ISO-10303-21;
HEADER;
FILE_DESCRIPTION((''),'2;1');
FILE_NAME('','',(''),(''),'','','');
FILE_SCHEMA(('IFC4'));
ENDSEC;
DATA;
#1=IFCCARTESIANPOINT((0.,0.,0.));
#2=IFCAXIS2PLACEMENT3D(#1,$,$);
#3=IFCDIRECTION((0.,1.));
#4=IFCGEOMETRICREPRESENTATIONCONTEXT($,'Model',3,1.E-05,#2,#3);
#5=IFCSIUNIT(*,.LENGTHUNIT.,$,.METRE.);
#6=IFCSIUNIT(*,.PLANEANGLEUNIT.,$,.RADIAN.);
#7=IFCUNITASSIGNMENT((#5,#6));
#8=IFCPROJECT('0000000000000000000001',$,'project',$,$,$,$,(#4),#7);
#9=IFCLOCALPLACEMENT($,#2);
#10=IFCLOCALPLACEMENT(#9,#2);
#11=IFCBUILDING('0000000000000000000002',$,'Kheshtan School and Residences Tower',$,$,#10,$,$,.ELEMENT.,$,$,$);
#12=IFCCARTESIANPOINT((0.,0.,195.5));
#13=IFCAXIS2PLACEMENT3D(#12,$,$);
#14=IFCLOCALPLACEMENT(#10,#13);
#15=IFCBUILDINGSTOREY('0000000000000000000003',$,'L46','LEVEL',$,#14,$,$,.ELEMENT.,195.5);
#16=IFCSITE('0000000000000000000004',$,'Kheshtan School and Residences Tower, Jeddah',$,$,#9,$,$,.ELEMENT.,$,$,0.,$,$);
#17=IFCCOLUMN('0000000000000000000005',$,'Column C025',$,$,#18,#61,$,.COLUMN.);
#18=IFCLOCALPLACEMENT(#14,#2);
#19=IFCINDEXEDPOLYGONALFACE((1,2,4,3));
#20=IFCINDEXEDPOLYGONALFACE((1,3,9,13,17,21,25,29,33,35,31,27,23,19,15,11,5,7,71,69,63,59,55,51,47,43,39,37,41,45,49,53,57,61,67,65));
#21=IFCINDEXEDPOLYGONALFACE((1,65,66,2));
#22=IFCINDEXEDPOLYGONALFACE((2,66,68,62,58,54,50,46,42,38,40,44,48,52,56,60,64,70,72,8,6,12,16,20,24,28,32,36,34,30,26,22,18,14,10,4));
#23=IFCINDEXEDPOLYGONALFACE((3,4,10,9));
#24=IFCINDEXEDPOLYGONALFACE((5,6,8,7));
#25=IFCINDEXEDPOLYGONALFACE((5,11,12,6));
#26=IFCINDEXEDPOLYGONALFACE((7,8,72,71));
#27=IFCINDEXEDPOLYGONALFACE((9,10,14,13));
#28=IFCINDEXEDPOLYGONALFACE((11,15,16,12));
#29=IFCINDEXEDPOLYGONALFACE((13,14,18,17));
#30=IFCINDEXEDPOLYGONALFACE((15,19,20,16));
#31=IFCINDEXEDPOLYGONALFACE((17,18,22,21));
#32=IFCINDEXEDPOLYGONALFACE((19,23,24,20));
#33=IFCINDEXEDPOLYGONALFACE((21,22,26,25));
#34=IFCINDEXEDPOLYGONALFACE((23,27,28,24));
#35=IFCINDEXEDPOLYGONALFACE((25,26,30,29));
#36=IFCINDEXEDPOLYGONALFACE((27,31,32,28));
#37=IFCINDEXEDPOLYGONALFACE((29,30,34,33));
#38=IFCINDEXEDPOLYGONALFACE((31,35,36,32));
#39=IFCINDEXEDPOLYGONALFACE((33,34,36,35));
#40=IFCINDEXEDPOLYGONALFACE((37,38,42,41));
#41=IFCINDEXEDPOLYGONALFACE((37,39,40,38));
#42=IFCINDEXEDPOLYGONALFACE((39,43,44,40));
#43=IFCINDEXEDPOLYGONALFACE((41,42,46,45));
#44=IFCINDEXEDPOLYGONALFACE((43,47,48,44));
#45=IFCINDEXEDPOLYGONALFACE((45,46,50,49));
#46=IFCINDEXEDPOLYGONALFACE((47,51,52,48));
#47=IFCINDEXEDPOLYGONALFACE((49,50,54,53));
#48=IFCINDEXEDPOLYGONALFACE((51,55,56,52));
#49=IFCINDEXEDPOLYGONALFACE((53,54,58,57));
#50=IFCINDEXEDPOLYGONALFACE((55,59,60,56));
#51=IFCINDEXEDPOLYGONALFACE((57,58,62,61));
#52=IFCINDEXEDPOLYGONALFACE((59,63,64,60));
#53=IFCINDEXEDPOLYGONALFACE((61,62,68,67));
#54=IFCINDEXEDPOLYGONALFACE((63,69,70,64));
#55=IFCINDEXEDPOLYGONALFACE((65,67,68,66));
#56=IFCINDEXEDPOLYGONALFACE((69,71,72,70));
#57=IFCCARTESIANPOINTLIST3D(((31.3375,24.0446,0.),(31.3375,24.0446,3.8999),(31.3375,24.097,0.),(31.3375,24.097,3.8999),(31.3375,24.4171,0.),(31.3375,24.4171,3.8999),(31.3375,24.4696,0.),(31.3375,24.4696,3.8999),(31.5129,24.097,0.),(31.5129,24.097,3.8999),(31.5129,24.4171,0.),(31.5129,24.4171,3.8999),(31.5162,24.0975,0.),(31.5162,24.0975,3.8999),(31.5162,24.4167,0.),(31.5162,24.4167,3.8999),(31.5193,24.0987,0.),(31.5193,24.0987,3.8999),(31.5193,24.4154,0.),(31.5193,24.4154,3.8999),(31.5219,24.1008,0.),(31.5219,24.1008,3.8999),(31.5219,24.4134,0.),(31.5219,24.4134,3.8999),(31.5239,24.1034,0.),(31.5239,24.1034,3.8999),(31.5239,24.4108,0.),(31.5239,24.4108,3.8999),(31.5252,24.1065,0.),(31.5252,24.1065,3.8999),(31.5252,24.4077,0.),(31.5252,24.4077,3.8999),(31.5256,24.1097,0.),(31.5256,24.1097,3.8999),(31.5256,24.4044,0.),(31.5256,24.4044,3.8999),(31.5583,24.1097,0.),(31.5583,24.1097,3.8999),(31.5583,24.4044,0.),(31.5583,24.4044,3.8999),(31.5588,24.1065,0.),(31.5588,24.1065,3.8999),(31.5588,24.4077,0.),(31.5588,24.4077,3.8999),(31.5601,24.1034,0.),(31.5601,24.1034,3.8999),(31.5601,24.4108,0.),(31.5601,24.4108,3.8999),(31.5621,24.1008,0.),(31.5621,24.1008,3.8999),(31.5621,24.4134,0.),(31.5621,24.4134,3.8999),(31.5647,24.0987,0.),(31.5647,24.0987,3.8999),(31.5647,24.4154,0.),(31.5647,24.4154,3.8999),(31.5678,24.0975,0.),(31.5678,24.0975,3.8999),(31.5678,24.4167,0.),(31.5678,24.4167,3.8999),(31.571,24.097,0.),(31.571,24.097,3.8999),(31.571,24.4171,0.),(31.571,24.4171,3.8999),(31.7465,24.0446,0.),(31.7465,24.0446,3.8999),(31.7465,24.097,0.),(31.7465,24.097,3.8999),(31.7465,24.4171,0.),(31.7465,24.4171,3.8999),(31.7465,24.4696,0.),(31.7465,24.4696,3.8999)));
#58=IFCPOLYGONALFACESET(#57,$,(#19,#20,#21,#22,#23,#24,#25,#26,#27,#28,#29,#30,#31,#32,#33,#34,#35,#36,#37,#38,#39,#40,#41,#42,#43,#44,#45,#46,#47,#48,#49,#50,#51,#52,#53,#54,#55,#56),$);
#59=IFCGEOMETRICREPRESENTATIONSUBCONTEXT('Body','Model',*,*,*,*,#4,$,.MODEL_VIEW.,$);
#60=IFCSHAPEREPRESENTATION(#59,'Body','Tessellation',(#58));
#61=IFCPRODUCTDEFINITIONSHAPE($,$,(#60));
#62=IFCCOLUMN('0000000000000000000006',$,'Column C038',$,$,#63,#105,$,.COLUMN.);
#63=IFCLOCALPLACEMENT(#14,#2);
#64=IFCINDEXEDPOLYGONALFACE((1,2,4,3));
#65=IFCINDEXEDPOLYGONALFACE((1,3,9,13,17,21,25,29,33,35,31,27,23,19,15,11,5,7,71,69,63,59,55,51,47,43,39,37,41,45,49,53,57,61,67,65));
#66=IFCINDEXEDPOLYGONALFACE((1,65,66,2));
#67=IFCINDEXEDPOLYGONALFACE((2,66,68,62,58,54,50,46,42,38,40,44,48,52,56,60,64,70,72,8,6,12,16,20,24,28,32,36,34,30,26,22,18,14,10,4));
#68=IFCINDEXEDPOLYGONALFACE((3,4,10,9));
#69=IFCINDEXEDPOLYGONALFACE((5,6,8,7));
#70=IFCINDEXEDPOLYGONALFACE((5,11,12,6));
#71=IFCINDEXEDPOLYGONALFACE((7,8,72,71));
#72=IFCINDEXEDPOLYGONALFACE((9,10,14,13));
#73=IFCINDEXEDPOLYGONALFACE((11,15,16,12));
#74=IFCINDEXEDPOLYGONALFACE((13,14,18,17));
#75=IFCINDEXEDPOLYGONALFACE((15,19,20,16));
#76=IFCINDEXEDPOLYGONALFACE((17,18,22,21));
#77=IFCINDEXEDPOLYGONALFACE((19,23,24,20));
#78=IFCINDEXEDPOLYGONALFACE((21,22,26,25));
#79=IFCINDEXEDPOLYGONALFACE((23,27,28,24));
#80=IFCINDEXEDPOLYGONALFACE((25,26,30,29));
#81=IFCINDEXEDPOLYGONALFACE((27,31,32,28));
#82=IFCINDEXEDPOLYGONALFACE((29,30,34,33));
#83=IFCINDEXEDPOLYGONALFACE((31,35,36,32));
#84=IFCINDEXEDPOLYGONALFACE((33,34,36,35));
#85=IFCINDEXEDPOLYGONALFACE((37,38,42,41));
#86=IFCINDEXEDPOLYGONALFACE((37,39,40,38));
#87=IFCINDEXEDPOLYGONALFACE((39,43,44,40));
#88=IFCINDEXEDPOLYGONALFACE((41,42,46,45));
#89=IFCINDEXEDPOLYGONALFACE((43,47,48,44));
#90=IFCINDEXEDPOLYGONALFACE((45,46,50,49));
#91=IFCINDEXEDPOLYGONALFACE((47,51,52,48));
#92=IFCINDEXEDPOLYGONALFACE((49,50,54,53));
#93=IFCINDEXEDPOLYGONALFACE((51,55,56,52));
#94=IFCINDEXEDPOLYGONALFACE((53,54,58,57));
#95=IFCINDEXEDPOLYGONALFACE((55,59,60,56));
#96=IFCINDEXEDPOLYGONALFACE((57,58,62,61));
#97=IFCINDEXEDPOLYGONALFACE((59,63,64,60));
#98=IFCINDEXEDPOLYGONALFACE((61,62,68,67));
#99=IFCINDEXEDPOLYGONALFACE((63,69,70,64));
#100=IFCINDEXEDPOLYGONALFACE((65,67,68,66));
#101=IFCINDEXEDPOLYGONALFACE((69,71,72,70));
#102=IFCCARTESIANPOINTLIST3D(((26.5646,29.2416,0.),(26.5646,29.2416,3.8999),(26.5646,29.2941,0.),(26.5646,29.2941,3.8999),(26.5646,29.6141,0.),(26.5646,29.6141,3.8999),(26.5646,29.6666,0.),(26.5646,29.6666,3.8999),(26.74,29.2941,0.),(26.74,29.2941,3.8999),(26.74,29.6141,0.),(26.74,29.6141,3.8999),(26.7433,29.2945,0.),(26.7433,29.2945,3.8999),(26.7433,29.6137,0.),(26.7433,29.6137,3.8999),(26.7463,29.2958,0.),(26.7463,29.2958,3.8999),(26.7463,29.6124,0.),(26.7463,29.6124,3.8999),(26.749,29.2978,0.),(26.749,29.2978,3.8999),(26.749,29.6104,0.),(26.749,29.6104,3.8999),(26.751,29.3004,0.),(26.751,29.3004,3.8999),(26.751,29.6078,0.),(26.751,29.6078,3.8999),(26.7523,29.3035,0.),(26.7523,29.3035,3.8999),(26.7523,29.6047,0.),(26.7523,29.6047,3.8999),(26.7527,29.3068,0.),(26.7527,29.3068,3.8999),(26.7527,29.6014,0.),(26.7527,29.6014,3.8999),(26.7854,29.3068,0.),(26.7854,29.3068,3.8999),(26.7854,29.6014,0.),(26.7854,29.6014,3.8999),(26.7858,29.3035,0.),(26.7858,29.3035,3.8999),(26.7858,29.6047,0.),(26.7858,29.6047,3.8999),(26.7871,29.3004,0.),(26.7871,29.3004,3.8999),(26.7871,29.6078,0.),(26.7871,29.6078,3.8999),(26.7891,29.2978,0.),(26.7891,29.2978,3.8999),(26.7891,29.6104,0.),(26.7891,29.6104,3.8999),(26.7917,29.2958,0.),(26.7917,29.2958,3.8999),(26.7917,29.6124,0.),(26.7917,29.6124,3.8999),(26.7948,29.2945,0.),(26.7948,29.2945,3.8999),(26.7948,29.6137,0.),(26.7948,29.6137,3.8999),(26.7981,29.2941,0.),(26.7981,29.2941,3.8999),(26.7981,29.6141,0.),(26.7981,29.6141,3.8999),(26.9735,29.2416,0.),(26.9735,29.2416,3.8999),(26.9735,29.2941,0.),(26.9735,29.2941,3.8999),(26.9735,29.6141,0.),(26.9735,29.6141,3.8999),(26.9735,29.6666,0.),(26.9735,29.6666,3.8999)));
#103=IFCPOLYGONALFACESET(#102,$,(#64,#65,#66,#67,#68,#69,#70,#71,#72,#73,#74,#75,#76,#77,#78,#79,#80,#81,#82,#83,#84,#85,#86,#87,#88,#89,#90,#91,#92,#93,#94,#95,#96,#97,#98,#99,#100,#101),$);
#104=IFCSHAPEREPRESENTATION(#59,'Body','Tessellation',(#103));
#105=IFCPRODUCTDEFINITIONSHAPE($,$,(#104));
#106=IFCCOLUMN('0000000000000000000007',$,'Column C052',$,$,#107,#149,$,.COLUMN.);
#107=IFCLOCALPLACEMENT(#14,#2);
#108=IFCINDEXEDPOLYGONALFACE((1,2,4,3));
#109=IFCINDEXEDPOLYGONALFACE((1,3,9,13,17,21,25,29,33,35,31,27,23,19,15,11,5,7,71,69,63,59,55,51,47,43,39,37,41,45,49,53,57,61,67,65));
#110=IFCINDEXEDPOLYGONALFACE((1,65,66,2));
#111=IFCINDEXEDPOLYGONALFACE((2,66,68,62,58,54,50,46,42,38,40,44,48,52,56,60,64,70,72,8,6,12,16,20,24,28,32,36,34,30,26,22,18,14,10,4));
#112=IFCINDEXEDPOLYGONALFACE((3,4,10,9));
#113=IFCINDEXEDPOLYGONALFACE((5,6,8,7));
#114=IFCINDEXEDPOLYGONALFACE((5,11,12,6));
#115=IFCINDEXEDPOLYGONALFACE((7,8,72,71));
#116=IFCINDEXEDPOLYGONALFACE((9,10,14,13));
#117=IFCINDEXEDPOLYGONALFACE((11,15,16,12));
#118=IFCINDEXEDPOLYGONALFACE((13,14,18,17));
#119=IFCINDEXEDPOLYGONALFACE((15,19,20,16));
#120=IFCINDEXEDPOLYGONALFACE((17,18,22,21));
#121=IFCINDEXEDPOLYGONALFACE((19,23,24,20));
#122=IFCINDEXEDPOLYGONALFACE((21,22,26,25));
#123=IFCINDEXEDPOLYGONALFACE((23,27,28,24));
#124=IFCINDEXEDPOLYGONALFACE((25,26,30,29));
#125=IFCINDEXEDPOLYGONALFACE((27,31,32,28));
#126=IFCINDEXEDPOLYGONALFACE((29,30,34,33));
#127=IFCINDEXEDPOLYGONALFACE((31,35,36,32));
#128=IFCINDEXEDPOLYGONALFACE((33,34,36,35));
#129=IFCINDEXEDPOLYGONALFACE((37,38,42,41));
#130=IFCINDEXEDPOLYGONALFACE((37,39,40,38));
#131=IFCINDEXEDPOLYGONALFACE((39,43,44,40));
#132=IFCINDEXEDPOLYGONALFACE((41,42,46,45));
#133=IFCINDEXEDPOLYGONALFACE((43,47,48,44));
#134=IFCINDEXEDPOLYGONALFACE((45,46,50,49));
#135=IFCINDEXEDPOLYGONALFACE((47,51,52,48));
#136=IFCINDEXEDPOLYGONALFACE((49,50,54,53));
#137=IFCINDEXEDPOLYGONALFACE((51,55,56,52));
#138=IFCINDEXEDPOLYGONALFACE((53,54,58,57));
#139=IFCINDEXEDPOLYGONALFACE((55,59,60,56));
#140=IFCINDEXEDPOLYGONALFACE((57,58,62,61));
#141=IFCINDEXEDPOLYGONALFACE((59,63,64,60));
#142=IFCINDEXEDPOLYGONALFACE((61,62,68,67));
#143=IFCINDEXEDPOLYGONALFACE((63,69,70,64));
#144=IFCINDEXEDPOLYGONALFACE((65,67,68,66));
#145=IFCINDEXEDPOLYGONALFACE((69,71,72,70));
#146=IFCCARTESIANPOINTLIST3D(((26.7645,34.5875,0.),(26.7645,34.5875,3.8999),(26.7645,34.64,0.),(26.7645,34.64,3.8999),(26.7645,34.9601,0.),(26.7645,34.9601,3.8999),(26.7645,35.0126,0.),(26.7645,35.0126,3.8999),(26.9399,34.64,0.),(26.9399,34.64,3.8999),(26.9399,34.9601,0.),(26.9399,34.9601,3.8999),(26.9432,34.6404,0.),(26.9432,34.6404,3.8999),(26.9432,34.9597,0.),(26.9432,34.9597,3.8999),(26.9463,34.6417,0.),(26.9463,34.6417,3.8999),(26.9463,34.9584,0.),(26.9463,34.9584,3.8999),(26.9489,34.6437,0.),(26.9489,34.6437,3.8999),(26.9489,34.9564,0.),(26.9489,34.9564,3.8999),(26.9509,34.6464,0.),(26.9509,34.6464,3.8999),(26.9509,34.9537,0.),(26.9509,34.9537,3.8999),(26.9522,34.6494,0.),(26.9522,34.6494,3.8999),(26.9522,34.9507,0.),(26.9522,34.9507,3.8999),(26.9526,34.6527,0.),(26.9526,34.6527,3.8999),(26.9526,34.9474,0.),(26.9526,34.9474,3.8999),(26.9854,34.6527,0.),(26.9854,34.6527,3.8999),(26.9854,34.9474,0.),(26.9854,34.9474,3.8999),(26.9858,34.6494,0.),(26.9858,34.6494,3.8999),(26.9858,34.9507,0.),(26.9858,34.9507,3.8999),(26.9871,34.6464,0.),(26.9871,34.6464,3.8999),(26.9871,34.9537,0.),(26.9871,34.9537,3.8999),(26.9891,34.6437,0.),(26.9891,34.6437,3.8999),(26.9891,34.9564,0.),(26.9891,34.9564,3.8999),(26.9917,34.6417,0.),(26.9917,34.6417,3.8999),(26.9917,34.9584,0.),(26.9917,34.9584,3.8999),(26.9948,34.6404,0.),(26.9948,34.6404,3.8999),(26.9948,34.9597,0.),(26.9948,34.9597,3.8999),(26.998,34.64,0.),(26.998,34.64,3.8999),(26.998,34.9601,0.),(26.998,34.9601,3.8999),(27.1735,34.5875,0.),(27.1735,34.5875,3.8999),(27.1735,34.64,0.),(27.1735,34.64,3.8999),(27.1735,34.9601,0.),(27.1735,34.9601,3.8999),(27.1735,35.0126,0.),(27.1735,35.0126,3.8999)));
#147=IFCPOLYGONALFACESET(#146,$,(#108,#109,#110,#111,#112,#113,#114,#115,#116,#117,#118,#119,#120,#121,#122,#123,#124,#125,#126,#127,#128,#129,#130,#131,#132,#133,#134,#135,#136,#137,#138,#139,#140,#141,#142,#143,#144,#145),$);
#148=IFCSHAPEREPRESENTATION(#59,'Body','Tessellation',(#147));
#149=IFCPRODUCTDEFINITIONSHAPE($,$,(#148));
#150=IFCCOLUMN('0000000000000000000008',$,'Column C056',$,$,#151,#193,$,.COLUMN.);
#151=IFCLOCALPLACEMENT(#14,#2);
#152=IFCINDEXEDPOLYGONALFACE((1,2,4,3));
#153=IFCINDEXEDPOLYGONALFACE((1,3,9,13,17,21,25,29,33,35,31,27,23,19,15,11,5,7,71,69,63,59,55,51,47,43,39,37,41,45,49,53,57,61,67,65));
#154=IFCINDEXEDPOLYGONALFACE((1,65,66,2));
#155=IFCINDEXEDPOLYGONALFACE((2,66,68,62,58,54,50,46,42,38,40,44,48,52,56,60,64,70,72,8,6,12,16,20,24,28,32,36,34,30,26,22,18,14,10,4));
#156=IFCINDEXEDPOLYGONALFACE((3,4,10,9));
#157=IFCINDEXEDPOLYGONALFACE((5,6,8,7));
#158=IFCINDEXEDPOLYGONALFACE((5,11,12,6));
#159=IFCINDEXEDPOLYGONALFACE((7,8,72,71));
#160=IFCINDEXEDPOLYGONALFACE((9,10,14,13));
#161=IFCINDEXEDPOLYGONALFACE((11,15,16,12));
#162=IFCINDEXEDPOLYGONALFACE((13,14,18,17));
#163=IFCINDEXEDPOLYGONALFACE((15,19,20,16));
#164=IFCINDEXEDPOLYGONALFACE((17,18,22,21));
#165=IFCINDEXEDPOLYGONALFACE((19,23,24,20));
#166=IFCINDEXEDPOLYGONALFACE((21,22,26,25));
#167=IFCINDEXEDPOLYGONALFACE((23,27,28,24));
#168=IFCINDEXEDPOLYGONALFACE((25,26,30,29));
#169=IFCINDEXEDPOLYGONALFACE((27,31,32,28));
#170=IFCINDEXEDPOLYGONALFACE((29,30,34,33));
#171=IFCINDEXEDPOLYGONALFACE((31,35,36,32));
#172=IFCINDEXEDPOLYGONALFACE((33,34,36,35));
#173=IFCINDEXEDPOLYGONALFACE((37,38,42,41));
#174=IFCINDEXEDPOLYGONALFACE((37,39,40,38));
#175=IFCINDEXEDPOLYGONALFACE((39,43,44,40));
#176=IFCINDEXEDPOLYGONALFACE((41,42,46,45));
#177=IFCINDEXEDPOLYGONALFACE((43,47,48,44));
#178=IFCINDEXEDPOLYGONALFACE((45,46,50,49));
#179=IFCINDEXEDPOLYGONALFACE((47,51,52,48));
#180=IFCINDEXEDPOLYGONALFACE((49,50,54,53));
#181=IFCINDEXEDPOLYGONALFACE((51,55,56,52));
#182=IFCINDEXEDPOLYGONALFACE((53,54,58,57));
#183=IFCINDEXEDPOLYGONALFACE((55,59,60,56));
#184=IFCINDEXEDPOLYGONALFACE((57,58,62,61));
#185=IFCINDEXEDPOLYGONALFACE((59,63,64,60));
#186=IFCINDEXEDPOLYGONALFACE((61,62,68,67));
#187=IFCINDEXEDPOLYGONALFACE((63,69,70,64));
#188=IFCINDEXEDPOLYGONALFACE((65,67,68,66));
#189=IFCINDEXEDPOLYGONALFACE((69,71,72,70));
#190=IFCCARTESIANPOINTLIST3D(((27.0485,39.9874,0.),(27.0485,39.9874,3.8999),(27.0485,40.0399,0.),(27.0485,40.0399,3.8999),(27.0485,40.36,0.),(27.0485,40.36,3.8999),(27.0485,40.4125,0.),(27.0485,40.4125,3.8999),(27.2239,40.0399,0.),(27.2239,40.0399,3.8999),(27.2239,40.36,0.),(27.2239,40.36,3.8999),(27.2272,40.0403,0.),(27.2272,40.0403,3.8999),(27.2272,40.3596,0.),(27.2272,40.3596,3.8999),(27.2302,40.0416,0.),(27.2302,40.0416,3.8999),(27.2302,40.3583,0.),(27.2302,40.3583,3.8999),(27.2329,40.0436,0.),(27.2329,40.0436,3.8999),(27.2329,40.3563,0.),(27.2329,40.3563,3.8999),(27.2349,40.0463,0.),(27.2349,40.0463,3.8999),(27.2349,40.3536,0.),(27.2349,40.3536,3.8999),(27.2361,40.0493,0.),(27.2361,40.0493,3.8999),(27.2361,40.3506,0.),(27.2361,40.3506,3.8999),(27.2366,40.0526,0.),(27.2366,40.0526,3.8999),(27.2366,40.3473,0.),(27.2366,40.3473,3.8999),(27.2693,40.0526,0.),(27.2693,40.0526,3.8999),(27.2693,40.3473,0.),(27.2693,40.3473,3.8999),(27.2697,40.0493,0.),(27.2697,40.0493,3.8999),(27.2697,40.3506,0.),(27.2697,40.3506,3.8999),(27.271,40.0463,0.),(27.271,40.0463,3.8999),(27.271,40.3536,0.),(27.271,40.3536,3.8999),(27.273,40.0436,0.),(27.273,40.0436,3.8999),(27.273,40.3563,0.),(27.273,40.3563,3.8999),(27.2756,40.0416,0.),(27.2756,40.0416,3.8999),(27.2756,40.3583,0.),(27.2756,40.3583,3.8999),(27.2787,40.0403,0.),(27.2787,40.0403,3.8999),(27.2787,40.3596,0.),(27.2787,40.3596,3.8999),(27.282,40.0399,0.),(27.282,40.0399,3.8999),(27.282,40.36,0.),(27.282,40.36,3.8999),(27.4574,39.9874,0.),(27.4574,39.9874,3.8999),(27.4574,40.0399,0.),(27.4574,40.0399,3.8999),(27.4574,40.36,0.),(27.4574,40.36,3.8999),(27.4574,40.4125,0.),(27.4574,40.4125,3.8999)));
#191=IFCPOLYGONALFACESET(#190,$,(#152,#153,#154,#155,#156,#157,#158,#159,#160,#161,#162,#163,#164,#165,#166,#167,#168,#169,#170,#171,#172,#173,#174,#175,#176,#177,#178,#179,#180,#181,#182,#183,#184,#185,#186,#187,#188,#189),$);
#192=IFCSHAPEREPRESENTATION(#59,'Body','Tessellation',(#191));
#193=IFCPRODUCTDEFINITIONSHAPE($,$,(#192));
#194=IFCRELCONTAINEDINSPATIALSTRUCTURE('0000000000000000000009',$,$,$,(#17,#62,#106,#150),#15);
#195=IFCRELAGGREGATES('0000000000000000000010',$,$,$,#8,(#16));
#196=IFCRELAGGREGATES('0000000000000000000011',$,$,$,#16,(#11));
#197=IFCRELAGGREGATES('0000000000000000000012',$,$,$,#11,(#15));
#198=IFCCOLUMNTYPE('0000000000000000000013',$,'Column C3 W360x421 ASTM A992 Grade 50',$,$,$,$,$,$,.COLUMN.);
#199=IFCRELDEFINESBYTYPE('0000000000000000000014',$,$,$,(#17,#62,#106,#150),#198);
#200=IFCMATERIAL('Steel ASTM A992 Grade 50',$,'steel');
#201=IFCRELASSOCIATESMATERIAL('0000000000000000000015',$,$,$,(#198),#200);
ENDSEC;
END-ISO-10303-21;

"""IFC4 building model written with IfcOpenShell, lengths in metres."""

from ifc_helpers import new_model, si_unit, direction, frame, origin, origin_2d, place, context, subcontext, project, spatial, i_section, extrude, material, material_profile, profile_set, type_object, element, save


model = new_model("IFC4")

# Units and contexts
model_context = context("Model", 3, precision=1e-05, world=origin(), true_north=direction((0.0, 1.0)))
body_context = subcontext(model_context, "Body", "Model", "MODEL_VIEW")
ifc_project = project(units=[si_unit("LENGTHUNIT", "METRE"), si_unit("PLANEANGLEUNIT", "RADIAN")], contexts=[model_context])

# Site, building, storey
site_placement = place(None, origin())
site = spatial("IfcSite", under=ifc_project, at=site_placement, Name="Kheshtan School and Residences Tower, Jeddah", CompositionType="ELEMENT", RefElevation=0.0)
building_placement = place(site_placement, origin())
building = spatial("IfcBuilding", under=site, at=building_placement, Name="Kheshtan School and Residences Tower", CompositionType="ELEMENT")
storey_placement = place(building_placement, frame((0.0, 0.0, 195.5)))
storey = spatial("IfcBuildingStorey", under=building, at=storey_placement, Name="L46", Description="LEVEL", CompositionType="ELEMENT", Elevation=195.5)

# Columns
ifc_material_1 = material(Name="Steel ASTM A992 Grade 50", Category="steel")
ifc_material_profile_1 = material_profile(ifc_material_1, i_section(OverallWidth=0.4089, OverallDepth=0.425, WebThickness=0.0327, FlangeThickness=0.0525, FilletRadius=0.0127, at=origin_2d()), Name="W360x421")
ifc_profile_set_1 = profile_set([ifc_material_profile_1], Name="Steel ASTM A992 Grade 50")
column_type = type_object("IfcColumnType", Name="Column C3 W360x421 ASTM A992 Grade 50", PredefinedType="COLUMN", material=ifc_profile_set_1)
for number, where, z_axis, x_axis, name in (
    (1, (31.542, 24.2571, 0.0), (0.0, 0.0, 1.0), (1.0, 0.0, 0.0), "Column C025"),
    (2, (26.769, 29.4541, 0.0), (0.0, 0.0, 1.0), (1.0, 0.0, 0.0), "Column C038"),
    (3, (26.969, 34.8, 0.0), (0.0, 0.0, 1.0), (1.0, 0.0, 0.0), "Column C052"),
    (4, (27.2529, 40.2, 0.0), (0.0, 0.0, 1.0), (1.0, 0.0, 0.0), "Column C056"),
):
    element("IfcColumn", number, at=place(storey_placement, frame(where, z_axis=z_axis, x_axis=x_axis)), inside=storey, type_object=column_type, Name=name, PredefinedType="COLUMN", context=body_context, shape_type="SweptSolid", body=[
        extrude(i_section(OverallWidth=0.4089, OverallDepth=0.425, WebThickness=0.0327, FlangeThickness=0.0525, FilletRadius=0.0127, at=origin_2d()), origin(), (0.0, 0.0, 1.0), 3.8999),
    ])

save(model, "model.ifc")
